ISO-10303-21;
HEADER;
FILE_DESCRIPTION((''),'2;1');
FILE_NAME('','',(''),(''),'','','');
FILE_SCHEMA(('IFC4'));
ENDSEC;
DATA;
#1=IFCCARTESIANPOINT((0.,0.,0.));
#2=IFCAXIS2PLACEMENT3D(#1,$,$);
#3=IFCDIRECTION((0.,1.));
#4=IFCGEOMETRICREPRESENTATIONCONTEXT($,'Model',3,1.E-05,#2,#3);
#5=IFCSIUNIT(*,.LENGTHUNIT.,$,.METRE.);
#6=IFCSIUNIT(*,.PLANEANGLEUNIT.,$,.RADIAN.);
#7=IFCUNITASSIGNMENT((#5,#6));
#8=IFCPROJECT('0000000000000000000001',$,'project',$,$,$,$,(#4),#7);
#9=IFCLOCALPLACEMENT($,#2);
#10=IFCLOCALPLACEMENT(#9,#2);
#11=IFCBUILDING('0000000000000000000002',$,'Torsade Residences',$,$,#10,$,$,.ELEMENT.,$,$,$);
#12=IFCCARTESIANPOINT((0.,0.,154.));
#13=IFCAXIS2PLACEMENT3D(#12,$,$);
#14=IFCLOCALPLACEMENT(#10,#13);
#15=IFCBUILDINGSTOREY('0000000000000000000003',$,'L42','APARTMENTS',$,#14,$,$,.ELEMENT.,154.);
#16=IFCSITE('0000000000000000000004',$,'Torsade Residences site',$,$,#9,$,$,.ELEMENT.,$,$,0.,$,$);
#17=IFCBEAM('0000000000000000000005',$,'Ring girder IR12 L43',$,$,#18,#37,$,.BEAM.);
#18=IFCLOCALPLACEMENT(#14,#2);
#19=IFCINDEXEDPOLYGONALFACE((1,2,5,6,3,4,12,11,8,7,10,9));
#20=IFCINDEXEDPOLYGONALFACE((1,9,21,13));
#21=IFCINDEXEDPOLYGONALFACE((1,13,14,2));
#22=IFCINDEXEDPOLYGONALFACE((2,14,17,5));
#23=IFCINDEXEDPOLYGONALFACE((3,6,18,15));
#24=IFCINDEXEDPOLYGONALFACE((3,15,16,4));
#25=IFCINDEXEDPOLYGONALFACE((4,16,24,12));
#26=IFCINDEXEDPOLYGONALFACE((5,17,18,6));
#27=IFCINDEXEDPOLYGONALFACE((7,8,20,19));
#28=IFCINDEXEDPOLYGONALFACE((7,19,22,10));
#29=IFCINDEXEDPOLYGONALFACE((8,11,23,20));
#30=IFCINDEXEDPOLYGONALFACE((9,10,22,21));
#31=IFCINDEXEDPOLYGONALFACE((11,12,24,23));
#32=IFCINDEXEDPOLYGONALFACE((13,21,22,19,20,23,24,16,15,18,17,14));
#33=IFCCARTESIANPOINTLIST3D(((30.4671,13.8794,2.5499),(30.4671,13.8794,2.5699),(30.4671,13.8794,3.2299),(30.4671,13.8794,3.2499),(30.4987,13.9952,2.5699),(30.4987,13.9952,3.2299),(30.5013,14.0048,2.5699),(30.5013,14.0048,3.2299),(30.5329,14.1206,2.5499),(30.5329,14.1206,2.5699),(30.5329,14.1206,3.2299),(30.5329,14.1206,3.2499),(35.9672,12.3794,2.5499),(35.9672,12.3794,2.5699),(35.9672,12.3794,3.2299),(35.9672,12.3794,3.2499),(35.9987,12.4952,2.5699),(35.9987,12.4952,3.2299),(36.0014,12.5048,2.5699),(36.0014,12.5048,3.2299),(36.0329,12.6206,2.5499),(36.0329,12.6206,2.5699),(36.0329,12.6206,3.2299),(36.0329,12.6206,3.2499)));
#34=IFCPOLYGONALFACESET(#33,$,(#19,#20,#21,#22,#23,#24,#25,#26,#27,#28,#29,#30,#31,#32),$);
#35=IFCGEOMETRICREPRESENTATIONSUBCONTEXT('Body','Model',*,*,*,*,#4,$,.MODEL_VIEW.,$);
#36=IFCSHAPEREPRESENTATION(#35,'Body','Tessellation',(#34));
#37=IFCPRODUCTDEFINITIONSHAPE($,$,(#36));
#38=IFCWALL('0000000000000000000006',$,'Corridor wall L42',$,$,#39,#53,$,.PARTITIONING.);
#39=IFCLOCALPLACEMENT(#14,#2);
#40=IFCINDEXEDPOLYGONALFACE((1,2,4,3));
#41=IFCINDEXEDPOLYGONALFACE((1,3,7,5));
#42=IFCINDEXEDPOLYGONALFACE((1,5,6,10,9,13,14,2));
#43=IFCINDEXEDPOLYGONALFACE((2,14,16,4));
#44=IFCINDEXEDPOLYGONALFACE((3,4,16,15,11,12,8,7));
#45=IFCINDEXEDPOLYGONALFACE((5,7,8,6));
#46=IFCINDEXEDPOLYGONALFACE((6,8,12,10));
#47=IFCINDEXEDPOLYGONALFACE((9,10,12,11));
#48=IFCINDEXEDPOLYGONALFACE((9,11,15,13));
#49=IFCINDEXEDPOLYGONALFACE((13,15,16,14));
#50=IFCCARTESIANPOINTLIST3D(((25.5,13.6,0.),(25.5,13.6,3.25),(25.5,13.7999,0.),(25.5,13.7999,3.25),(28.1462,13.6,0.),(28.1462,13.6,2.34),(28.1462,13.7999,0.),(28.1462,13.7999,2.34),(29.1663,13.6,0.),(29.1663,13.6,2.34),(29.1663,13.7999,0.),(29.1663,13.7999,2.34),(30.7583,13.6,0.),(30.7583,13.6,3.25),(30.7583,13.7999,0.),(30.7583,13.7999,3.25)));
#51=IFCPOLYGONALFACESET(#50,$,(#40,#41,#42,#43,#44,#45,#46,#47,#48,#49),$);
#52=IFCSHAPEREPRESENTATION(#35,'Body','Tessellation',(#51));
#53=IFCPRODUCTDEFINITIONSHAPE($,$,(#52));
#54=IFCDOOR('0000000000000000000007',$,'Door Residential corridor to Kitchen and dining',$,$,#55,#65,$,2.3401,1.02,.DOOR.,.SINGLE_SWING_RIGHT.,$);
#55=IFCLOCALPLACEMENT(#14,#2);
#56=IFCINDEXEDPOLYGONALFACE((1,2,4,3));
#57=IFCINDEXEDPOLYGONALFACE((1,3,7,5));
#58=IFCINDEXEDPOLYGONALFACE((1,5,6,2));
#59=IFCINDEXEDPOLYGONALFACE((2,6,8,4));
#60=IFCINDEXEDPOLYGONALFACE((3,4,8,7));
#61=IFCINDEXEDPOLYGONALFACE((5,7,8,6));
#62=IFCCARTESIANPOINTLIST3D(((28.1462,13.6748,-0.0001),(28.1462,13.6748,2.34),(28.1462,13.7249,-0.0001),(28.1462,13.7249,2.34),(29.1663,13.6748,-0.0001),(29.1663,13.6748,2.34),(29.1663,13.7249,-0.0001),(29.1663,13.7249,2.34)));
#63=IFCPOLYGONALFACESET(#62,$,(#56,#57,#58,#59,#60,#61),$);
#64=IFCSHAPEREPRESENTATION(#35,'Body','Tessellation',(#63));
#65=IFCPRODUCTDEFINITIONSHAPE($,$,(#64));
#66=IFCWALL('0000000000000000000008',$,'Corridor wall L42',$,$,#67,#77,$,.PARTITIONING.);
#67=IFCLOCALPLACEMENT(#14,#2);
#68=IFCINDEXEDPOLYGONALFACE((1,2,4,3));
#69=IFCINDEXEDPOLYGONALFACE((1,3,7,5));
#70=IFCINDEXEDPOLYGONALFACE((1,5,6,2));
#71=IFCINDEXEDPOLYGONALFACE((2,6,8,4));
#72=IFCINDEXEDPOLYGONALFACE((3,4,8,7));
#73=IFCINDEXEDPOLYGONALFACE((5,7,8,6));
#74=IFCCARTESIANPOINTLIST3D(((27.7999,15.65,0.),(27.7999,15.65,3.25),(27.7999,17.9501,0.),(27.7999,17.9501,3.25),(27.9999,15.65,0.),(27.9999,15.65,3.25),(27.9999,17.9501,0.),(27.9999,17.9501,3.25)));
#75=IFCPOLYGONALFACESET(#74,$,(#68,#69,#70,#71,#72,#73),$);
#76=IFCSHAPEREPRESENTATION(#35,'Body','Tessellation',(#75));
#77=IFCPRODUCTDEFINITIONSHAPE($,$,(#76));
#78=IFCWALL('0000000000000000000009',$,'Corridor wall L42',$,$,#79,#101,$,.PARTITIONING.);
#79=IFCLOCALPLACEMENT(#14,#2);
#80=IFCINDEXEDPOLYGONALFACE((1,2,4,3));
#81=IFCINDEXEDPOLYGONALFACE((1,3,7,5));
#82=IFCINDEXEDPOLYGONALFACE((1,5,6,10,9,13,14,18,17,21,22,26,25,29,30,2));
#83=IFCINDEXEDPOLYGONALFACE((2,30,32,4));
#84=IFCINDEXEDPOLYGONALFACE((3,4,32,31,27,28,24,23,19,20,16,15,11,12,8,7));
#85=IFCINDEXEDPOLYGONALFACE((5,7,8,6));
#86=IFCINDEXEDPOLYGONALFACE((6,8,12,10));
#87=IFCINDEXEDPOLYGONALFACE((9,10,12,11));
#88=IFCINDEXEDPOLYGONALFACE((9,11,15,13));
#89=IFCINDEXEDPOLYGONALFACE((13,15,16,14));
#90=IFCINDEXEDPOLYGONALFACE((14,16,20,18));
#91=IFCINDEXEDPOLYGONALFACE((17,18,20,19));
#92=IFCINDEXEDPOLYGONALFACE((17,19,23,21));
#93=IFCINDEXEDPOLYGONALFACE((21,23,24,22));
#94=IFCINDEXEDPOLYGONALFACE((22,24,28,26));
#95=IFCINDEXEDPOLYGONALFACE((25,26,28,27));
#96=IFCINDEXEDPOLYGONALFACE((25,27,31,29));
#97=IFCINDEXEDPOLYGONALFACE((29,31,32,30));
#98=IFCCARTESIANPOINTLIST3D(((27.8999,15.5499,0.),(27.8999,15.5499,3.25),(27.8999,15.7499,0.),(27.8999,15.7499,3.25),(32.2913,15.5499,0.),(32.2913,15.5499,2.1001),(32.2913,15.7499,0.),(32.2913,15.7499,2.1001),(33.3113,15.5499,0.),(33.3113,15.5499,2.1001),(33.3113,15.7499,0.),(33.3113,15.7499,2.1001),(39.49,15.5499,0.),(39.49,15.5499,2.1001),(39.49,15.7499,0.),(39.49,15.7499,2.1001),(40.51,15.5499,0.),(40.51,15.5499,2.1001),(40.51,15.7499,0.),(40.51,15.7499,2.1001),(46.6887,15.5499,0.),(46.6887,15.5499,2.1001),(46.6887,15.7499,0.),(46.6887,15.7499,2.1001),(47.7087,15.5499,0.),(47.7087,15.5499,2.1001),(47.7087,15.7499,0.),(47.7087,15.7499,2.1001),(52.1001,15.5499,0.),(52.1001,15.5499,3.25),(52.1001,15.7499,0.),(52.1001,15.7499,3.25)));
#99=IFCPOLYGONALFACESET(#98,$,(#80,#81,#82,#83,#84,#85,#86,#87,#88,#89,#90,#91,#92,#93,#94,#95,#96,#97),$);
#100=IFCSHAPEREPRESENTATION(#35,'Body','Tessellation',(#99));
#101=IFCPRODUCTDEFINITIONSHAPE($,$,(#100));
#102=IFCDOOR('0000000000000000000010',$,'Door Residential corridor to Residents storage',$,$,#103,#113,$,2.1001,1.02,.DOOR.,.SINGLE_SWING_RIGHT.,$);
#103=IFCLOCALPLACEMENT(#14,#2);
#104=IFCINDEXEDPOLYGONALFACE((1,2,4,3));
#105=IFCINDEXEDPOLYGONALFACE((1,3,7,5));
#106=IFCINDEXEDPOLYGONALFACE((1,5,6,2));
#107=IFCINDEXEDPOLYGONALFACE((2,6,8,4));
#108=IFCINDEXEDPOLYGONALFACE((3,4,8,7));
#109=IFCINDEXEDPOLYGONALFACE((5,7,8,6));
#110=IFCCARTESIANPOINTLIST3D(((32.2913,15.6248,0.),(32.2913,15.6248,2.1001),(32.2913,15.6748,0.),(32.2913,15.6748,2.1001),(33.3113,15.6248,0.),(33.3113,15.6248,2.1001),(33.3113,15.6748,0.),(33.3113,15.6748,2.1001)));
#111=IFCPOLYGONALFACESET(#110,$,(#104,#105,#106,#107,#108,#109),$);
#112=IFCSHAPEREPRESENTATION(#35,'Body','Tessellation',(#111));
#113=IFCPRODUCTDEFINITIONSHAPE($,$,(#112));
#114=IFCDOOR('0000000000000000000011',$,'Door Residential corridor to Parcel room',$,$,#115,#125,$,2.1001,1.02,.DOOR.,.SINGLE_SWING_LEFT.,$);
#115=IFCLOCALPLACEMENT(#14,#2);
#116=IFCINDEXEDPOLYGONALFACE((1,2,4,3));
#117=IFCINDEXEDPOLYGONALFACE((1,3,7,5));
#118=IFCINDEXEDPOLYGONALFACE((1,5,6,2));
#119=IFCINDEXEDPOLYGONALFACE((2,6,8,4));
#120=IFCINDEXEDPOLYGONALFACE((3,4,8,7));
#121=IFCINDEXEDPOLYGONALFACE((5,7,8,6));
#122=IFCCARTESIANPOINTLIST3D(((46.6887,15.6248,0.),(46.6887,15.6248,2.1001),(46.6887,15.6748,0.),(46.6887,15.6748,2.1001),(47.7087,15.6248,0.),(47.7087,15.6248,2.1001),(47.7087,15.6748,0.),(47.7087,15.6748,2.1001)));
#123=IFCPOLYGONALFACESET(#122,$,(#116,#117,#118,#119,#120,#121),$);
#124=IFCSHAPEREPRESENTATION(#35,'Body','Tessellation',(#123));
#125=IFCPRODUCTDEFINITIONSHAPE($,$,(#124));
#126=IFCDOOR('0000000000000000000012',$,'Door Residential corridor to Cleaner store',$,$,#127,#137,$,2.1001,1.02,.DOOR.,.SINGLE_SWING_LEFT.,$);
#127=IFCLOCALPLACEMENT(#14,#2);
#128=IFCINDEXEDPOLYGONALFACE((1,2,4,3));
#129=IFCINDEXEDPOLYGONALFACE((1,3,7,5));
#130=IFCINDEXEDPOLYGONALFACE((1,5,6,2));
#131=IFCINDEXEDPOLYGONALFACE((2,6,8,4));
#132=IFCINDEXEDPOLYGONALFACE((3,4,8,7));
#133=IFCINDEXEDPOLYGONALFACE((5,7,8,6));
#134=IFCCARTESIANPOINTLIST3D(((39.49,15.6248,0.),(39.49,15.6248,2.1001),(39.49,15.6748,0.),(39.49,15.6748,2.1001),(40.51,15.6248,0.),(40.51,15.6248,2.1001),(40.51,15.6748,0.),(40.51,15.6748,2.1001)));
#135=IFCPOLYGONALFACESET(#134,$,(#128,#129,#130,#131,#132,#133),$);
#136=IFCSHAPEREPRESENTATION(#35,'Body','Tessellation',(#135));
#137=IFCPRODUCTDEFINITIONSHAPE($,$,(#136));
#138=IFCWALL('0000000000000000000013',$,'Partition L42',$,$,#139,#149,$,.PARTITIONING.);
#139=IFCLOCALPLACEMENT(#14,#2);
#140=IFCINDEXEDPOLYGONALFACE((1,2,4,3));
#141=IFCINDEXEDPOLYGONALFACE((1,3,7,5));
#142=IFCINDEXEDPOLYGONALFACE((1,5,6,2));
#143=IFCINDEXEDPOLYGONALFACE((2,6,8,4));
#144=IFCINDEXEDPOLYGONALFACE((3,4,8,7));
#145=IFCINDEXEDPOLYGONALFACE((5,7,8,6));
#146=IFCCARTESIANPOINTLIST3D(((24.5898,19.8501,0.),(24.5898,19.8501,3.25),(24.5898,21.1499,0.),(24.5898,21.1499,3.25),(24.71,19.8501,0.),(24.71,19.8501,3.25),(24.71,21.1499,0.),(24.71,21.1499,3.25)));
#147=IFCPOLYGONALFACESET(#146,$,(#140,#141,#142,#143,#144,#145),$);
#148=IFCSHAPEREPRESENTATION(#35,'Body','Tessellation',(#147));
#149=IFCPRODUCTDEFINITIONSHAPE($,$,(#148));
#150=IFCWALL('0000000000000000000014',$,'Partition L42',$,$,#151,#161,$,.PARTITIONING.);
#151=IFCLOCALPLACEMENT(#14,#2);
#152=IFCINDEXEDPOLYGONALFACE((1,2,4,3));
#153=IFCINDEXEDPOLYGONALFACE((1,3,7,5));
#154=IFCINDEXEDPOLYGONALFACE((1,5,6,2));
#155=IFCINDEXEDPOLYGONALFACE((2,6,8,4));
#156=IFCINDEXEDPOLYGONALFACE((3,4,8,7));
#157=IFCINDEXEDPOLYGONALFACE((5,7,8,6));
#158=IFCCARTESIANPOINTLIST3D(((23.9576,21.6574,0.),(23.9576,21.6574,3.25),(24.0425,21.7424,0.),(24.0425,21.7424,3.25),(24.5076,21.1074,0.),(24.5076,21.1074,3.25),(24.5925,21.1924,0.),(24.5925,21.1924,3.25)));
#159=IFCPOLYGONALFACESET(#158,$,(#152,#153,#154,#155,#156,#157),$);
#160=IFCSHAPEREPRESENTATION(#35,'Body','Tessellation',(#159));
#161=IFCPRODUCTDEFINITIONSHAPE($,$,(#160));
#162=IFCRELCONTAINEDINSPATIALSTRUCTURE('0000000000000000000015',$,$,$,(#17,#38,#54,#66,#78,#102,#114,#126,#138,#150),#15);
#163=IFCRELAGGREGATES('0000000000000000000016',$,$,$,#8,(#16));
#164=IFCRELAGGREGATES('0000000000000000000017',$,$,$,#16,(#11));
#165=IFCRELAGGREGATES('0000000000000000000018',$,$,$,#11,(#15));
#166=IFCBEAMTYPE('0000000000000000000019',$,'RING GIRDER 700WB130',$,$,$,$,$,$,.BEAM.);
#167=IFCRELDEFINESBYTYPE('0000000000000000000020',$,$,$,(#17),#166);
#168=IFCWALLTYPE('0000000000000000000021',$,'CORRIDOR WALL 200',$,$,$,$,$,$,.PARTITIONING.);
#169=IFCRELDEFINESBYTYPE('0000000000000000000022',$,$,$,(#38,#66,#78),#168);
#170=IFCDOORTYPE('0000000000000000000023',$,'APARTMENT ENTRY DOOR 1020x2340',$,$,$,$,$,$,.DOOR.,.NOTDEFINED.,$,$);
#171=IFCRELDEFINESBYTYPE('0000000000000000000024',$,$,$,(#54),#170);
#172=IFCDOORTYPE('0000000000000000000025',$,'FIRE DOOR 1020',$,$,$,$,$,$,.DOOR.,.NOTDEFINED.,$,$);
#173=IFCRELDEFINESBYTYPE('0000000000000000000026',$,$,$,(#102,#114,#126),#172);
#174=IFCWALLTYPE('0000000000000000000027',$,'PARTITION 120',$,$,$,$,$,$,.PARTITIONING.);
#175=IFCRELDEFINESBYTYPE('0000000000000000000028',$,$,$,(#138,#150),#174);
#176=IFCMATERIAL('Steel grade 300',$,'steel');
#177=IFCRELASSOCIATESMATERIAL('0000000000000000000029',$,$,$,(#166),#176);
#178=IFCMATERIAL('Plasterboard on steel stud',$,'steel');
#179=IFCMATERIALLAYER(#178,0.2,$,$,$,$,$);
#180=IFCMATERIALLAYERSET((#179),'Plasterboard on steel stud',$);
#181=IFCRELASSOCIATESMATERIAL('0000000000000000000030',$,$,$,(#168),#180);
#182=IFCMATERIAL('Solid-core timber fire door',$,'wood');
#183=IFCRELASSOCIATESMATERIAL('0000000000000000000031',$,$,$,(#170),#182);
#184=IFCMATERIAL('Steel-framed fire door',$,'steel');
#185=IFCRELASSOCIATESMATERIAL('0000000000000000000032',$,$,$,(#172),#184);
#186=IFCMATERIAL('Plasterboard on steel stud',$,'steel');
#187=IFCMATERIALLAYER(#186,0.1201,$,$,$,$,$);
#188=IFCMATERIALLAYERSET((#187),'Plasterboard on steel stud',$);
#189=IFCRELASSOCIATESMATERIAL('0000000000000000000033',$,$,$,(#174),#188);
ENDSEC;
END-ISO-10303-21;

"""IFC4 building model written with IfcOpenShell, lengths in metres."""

from ifc_helpers import new_model, si_unit, direction, frame, frame_2d, origin, origin_2d, place, context, subcontext, project, spatial, rectangle, i_section, extrude, material, layer, layer_set, material_profile, profile_set, type_object, element, fill, save


model = new_model("IFC4")

# Units and contexts
model_context = context("Model", 3, precision=1e-05, world=origin(), true_north=direction((0.0, 1.0)))
body_context = subcontext(model_context, "Body", "Model", "MODEL_VIEW")
ifc_project = project(units=[si_unit("LENGTHUNIT", "METRE"), si_unit("PLANEANGLEUNIT", "RADIAN")], contexts=[model_context])

# Site, building, storey
site_placement = place(None, origin())
site = spatial("IfcSite", under=ifc_project, at=site_placement, Name="Torsade Residences site", CompositionType="ELEMENT", RefElevation=0.0)
building_placement = place(site_placement, origin())
building = spatial("IfcBuilding", under=site, at=building_placement, Name="Torsade Residences", CompositionType="ELEMENT")
storey_placement = place(building_placement, frame((0.0, 0.0, 154.0)))
storey = spatial("IfcBuildingStorey", under=building, at=storey_placement, Name="L42", Description="APARTMENTS", CompositionType="ELEMENT", Elevation=154.0)

# Beam
ifc_material_1 = material(Name="Steel grade 300", Category="steel")
ifc_material_profile_1 = material_profile(ifc_material_1, i_section(OverallWidth=0.25, OverallDepth=0.7, WebThickness=0.01, FlangeThickness=0.02, at=origin_2d()), Name="700WB130")
ifc_profile_set_1 = profile_set([ifc_material_profile_1], Name="Steel grade 300")
beam_type_1 = type_object("IfcBeamType", Name="RING GIRDER 700WB130", PredefinedType="BEAM", material=ifc_profile_set_1)
beam_1_placement = place(storey_placement, frame((30.5, 14.0, 2.8999), z_axis=(0.964764, -0.263117, 0.0), x_axis=(0.263117, 0.964764, 0.0)))
element("IfcBeam", 1, at=beam_1_placement, inside=storey, type_object=beam_type_1, Name="Ring girder IR12 L43", PredefinedType="BEAM", context=body_context, shape_type="SweptSolid", body=[
    extrude(i_section(OverallWidth=0.25, OverallDepth=0.7, WebThickness=0.01, FlangeThickness=0.02, at=origin_2d()), origin(), (0.0, 0.0, 1.0), 5.7009),
])

# Wall, opening, door
ifc_material_2 = material(Name="Plasterboard on steel stud", Category="steel")
ifc_layer_1 = layer(ifc_material_2, 0.2)
ifc_layer_set_1 = layer_set([ifc_layer_1], Name="Plasterboard on steel stud")
wall_type_1 = type_object("IfcWallType", Name="CORRIDOR WALL 200", PredefinedType="PARTITIONING", material=ifc_layer_set_1)
wall_1_placement = place(storey_placement, frame((25.5, 13.7, 0.0), z_axis=(0.0, 0.0, 1.0), x_axis=(1.0, 0.0, 0.0)))
wall_1 = element("IfcWall", 2, at=wall_1_placement, inside=storey, type_object=wall_type_1, Name="Corridor wall L42", PredefinedType="PARTITIONING", context=body_context, shape_type="SweptSolid", body=[
    extrude(rectangle(XDim=5.2583, YDim=0.2, at=frame_2d((2.6292, 0.0))), origin(), (0.0, 0.0, 1.0), 3.25),
])
opening_1_placement = place(wall_1_placement, frame((2.6462, 0.0, 0.0)))
opening_1 = element("IfcOpeningElement", 3, at=opening_1_placement, cuts=wall_1, PredefinedType="OPENING", context=body_context, shape_type="SweptSolid", body=[
    extrude(rectangle(XDim=1.02, YDim=2.3401, at=frame_2d((0.51, 1.1699))), frame((0.0, 0.1099, 0.0), z_axis=(0.0, -1.0, 0.0), x_axis=(1.0, 0.0, 0.0)), (0.0, 0.0, 1.0), 0.22),
])
ifc_material_3 = material(Name="Solid-core timber fire door", Category="wood")
door_type_1 = type_object("IfcDoorType", Name="APARTMENT ENTRY DOOR 1020x2340", OperationType="NOTDEFINED", PredefinedType="DOOR", material=ifc_material_3)
door_1_placement = place(opening_1_placement, origin())
door_1 = element("IfcDoor", 4, at=door_1_placement, inside=storey, type_object=door_type_1, Name="Door Residential corridor to Kitchen and dining", OperationType="SINGLE_SWING_RIGHT", OverallHeight=2.3401, OverallWidth=1.02, PredefinedType="DOOR", context=body_context, shape_type="SweptSolid", body=[
    extrude(rectangle(XDim=1.02, YDim=2.3401, at=frame_2d((0.51, 1.1699))), frame((0.0, 0.0249, 0.0), z_axis=(0.0, -1.0, 0.0), x_axis=(1.0, 0.0, 0.0)), (0.0, 0.0, 1.0), 0.05),
])
fill(opening_1, door_1)

# Wall
wall_2_placement = place(storey_placement, frame((27.8999, 17.95, 0.0), z_axis=(0.0, 0.0, 1.0), x_axis=(0.0, -1.0, 0.0)))
element("IfcWall", 5, at=wall_2_placement, inside=storey, type_object=wall_type_1, Name="Corridor wall L42", PredefinedType="PARTITIONING", context=body_context, shape_type="SweptSolid", body=[
    extrude(rectangle(XDim=2.3, YDim=0.2, at=frame_2d((1.1499, 0.0))), origin(), (0.0, 0.0, 1.0), 3.25),
])

# Wall, openings, doors
wall_3_placement = place(storey_placement, frame((27.8999, 15.6499, 0.0), z_axis=(0.0, 0.0, 1.0), x_axis=(1.0, 0.0, 0.0)))
wall_3 = element("IfcWall", 6, at=wall_3_placement, inside=storey, type_object=wall_type_1, Name="Corridor wall L42", PredefinedType="PARTITIONING", context=body_context, shape_type="SweptSolid", body=[
    extrude(rectangle(XDim=24.2002, YDim=0.2, at=frame_2d((12.1001, 0.0))), origin(), (0.0, 0.0, 1.0), 3.25),
])
opening_2_placement = place(wall_3_placement, frame((4.3914, 0.0, 0.0)))
opening_2 = element("IfcOpeningElement", 7, at=opening_2_placement, cuts=wall_3, PredefinedType="OPENING", context=body_context, shape_type="SweptSolid", body=[
    extrude(rectangle(XDim=1.02, YDim=2.1001, at=frame_2d((0.51, 1.05))), frame((0.0, 0.1099, 0.0), z_axis=(0.0, -1.0, 0.0), x_axis=(1.0, 0.0, 0.0)), (0.0, 0.0, 1.0), 0.22),
])
opening_3_placement = place(wall_3_placement, frame((18.7888, 0.0, 0.0)))
opening_3 = element("IfcOpeningElement", 8, at=opening_3_placement, cuts=wall_3, PredefinedType="OPENING", context=body_context, shape_type="SweptSolid", body=[
    extrude(rectangle(XDim=1.02, YDim=2.1001, at=frame_2d((0.51, 1.05))), frame((0.0, 0.1099, 0.0), z_axis=(0.0, -1.0, 0.0), x_axis=(1.0, 0.0, 0.0)), (0.0, 0.0, 1.0), 0.22),
])
opening_4_placement = place(wall_3_placement, frame((11.5901, 0.0, 0.0)))
opening_4 = element("IfcOpeningElement", 9, at=opening_4_placement, cuts=wall_3, PredefinedType="OPENING", context=body_context, shape_type="SweptSolid", body=[
    extrude(rectangle(XDim=1.02, YDim=2.1001, at=frame_2d((0.51, 1.05))), frame((0.0, 0.1099, 0.0), z_axis=(0.0, -1.0, 0.0), x_axis=(1.0, 0.0, 0.0)), (0.0, 0.0, 1.0), 0.22),
])
ifc_material_4 = material(Name="Steel-framed fire door", Category="steel")
door_type_2 = type_object("IfcDoorType", Name="FIRE DOOR 1020", OperationType="NOTDEFINED", PredefinedType="DOOR", material=ifc_material_4)
door_2_placement = place(opening_2_placement, origin())
door_2 = element("IfcDoor", 10, at=door_2_placement, inside=storey, type_object=door_type_2, Name="Door Residential corridor to Residents storage", OperationType="SINGLE_SWING_RIGHT", OverallHeight=2.1001, OverallWidth=1.02, PredefinedType="DOOR", context=body_context, shape_type="SweptSolid", body=[
    extrude(rectangle(XDim=1.02, YDim=2.1001, at=frame_2d((0.51, 1.05))), frame((0.0, 0.0249, 0.0), z_axis=(0.0, -1.0, 0.0), x_axis=(1.0, 0.0, 0.0)), (0.0, 0.0, 1.0), 0.05),
])
fill(opening_2, door_2)
door_3_placement = place(opening_3_placement, origin())
door_3 = element("IfcDoor", 11, at=door_3_placement, inside=storey, type_object=door_type_2, Name="Door Residential corridor to Parcel room", OperationType="SINGLE_SWING_LEFT", OverallHeight=2.1001, OverallWidth=1.02, PredefinedType="DOOR", context=body_context, shape_type="SweptSolid", body=[
    extrude(rectangle(XDim=1.02, YDim=2.1001, at=frame_2d((0.51, 1.05))), frame((0.0, 0.0249, 0.0), z_axis=(0.0, -1.0, 0.0), x_axis=(1.0, 0.0, 0.0)), (0.0, 0.0, 1.0), 0.05),
])
fill(opening_3, door_3)
door_4_placement = place(opening_4_placement, origin())
door_4 = element("IfcDoor", 12, at=door_4_placement, inside=storey, type_object=door_type_2, Name="Door Residential corridor to Cleaner store", OperationType="SINGLE_SWING_LEFT", OverallHeight=2.1001, OverallWidth=1.02, PredefinedType="DOOR", context=body_context, shape_type="SweptSolid", body=[
    extrude(rectangle(XDim=1.02, YDim=2.1001, at=frame_2d((0.51, 1.05))), frame((0.0, 0.0249, 0.0), z_axis=(0.0, -1.0, 0.0), x_axis=(1.0, 0.0, 0.0)), (0.0, 0.0, 1.0), 0.05),
])
fill(opening_4, door_4)

# Walls
ifc_material_5 = material(Name="Plasterboard on steel stud", Category="steel")
ifc_layer_2 = layer(ifc_material_5, 0.1201)
ifc_layer_set_2 = layer_set([ifc_layer_2], Name="Plasterboard on steel stud")
wall_type_2 = type_object("IfcWallType", Name="PARTITION 120", PredefinedType="PARTITIONING", material=ifc_layer_set_2)
wall_4_placement = place(storey_placement, frame((24.6499, 19.8501, 0.0), z_axis=(0.0, 0.0, 1.0), x_axis=(0.0, 1.0, 0.0)))
element("IfcWall", 13, at=wall_4_placement, inside=storey, type_object=wall_type_2, Name="Partition L42", PredefinedType="PARTITIONING", context=body_context, shape_type="SweptSolid", body=[
    extrude(rectangle(XDim=1.2998, YDim=0.1201, at=frame_2d((0.6499, 0.0))), origin(), (0.0, 0.0, 1.0), 3.25),
])
wall_5_placement = place(storey_placement, frame((24.55, 21.1499, 0.0), z_axis=(0.0, 0.0, 1.0), x_axis=(-0.707107, 0.707107, 0.0)))
element("IfcWall", 14, at=wall_5_placement, inside=storey, type_object=wall_type_2, Name="Partition L42", PredefinedType="PARTITIONING", context=body_context, shape_type="SweptSolid", body=[
    extrude(rectangle(XDim=0.7778, YDim=0.1201, at=frame_2d((0.3889, 0.0))), origin(), (0.0, 0.0, 1.0), 3.25),
])

save(model, "model.ifc")
